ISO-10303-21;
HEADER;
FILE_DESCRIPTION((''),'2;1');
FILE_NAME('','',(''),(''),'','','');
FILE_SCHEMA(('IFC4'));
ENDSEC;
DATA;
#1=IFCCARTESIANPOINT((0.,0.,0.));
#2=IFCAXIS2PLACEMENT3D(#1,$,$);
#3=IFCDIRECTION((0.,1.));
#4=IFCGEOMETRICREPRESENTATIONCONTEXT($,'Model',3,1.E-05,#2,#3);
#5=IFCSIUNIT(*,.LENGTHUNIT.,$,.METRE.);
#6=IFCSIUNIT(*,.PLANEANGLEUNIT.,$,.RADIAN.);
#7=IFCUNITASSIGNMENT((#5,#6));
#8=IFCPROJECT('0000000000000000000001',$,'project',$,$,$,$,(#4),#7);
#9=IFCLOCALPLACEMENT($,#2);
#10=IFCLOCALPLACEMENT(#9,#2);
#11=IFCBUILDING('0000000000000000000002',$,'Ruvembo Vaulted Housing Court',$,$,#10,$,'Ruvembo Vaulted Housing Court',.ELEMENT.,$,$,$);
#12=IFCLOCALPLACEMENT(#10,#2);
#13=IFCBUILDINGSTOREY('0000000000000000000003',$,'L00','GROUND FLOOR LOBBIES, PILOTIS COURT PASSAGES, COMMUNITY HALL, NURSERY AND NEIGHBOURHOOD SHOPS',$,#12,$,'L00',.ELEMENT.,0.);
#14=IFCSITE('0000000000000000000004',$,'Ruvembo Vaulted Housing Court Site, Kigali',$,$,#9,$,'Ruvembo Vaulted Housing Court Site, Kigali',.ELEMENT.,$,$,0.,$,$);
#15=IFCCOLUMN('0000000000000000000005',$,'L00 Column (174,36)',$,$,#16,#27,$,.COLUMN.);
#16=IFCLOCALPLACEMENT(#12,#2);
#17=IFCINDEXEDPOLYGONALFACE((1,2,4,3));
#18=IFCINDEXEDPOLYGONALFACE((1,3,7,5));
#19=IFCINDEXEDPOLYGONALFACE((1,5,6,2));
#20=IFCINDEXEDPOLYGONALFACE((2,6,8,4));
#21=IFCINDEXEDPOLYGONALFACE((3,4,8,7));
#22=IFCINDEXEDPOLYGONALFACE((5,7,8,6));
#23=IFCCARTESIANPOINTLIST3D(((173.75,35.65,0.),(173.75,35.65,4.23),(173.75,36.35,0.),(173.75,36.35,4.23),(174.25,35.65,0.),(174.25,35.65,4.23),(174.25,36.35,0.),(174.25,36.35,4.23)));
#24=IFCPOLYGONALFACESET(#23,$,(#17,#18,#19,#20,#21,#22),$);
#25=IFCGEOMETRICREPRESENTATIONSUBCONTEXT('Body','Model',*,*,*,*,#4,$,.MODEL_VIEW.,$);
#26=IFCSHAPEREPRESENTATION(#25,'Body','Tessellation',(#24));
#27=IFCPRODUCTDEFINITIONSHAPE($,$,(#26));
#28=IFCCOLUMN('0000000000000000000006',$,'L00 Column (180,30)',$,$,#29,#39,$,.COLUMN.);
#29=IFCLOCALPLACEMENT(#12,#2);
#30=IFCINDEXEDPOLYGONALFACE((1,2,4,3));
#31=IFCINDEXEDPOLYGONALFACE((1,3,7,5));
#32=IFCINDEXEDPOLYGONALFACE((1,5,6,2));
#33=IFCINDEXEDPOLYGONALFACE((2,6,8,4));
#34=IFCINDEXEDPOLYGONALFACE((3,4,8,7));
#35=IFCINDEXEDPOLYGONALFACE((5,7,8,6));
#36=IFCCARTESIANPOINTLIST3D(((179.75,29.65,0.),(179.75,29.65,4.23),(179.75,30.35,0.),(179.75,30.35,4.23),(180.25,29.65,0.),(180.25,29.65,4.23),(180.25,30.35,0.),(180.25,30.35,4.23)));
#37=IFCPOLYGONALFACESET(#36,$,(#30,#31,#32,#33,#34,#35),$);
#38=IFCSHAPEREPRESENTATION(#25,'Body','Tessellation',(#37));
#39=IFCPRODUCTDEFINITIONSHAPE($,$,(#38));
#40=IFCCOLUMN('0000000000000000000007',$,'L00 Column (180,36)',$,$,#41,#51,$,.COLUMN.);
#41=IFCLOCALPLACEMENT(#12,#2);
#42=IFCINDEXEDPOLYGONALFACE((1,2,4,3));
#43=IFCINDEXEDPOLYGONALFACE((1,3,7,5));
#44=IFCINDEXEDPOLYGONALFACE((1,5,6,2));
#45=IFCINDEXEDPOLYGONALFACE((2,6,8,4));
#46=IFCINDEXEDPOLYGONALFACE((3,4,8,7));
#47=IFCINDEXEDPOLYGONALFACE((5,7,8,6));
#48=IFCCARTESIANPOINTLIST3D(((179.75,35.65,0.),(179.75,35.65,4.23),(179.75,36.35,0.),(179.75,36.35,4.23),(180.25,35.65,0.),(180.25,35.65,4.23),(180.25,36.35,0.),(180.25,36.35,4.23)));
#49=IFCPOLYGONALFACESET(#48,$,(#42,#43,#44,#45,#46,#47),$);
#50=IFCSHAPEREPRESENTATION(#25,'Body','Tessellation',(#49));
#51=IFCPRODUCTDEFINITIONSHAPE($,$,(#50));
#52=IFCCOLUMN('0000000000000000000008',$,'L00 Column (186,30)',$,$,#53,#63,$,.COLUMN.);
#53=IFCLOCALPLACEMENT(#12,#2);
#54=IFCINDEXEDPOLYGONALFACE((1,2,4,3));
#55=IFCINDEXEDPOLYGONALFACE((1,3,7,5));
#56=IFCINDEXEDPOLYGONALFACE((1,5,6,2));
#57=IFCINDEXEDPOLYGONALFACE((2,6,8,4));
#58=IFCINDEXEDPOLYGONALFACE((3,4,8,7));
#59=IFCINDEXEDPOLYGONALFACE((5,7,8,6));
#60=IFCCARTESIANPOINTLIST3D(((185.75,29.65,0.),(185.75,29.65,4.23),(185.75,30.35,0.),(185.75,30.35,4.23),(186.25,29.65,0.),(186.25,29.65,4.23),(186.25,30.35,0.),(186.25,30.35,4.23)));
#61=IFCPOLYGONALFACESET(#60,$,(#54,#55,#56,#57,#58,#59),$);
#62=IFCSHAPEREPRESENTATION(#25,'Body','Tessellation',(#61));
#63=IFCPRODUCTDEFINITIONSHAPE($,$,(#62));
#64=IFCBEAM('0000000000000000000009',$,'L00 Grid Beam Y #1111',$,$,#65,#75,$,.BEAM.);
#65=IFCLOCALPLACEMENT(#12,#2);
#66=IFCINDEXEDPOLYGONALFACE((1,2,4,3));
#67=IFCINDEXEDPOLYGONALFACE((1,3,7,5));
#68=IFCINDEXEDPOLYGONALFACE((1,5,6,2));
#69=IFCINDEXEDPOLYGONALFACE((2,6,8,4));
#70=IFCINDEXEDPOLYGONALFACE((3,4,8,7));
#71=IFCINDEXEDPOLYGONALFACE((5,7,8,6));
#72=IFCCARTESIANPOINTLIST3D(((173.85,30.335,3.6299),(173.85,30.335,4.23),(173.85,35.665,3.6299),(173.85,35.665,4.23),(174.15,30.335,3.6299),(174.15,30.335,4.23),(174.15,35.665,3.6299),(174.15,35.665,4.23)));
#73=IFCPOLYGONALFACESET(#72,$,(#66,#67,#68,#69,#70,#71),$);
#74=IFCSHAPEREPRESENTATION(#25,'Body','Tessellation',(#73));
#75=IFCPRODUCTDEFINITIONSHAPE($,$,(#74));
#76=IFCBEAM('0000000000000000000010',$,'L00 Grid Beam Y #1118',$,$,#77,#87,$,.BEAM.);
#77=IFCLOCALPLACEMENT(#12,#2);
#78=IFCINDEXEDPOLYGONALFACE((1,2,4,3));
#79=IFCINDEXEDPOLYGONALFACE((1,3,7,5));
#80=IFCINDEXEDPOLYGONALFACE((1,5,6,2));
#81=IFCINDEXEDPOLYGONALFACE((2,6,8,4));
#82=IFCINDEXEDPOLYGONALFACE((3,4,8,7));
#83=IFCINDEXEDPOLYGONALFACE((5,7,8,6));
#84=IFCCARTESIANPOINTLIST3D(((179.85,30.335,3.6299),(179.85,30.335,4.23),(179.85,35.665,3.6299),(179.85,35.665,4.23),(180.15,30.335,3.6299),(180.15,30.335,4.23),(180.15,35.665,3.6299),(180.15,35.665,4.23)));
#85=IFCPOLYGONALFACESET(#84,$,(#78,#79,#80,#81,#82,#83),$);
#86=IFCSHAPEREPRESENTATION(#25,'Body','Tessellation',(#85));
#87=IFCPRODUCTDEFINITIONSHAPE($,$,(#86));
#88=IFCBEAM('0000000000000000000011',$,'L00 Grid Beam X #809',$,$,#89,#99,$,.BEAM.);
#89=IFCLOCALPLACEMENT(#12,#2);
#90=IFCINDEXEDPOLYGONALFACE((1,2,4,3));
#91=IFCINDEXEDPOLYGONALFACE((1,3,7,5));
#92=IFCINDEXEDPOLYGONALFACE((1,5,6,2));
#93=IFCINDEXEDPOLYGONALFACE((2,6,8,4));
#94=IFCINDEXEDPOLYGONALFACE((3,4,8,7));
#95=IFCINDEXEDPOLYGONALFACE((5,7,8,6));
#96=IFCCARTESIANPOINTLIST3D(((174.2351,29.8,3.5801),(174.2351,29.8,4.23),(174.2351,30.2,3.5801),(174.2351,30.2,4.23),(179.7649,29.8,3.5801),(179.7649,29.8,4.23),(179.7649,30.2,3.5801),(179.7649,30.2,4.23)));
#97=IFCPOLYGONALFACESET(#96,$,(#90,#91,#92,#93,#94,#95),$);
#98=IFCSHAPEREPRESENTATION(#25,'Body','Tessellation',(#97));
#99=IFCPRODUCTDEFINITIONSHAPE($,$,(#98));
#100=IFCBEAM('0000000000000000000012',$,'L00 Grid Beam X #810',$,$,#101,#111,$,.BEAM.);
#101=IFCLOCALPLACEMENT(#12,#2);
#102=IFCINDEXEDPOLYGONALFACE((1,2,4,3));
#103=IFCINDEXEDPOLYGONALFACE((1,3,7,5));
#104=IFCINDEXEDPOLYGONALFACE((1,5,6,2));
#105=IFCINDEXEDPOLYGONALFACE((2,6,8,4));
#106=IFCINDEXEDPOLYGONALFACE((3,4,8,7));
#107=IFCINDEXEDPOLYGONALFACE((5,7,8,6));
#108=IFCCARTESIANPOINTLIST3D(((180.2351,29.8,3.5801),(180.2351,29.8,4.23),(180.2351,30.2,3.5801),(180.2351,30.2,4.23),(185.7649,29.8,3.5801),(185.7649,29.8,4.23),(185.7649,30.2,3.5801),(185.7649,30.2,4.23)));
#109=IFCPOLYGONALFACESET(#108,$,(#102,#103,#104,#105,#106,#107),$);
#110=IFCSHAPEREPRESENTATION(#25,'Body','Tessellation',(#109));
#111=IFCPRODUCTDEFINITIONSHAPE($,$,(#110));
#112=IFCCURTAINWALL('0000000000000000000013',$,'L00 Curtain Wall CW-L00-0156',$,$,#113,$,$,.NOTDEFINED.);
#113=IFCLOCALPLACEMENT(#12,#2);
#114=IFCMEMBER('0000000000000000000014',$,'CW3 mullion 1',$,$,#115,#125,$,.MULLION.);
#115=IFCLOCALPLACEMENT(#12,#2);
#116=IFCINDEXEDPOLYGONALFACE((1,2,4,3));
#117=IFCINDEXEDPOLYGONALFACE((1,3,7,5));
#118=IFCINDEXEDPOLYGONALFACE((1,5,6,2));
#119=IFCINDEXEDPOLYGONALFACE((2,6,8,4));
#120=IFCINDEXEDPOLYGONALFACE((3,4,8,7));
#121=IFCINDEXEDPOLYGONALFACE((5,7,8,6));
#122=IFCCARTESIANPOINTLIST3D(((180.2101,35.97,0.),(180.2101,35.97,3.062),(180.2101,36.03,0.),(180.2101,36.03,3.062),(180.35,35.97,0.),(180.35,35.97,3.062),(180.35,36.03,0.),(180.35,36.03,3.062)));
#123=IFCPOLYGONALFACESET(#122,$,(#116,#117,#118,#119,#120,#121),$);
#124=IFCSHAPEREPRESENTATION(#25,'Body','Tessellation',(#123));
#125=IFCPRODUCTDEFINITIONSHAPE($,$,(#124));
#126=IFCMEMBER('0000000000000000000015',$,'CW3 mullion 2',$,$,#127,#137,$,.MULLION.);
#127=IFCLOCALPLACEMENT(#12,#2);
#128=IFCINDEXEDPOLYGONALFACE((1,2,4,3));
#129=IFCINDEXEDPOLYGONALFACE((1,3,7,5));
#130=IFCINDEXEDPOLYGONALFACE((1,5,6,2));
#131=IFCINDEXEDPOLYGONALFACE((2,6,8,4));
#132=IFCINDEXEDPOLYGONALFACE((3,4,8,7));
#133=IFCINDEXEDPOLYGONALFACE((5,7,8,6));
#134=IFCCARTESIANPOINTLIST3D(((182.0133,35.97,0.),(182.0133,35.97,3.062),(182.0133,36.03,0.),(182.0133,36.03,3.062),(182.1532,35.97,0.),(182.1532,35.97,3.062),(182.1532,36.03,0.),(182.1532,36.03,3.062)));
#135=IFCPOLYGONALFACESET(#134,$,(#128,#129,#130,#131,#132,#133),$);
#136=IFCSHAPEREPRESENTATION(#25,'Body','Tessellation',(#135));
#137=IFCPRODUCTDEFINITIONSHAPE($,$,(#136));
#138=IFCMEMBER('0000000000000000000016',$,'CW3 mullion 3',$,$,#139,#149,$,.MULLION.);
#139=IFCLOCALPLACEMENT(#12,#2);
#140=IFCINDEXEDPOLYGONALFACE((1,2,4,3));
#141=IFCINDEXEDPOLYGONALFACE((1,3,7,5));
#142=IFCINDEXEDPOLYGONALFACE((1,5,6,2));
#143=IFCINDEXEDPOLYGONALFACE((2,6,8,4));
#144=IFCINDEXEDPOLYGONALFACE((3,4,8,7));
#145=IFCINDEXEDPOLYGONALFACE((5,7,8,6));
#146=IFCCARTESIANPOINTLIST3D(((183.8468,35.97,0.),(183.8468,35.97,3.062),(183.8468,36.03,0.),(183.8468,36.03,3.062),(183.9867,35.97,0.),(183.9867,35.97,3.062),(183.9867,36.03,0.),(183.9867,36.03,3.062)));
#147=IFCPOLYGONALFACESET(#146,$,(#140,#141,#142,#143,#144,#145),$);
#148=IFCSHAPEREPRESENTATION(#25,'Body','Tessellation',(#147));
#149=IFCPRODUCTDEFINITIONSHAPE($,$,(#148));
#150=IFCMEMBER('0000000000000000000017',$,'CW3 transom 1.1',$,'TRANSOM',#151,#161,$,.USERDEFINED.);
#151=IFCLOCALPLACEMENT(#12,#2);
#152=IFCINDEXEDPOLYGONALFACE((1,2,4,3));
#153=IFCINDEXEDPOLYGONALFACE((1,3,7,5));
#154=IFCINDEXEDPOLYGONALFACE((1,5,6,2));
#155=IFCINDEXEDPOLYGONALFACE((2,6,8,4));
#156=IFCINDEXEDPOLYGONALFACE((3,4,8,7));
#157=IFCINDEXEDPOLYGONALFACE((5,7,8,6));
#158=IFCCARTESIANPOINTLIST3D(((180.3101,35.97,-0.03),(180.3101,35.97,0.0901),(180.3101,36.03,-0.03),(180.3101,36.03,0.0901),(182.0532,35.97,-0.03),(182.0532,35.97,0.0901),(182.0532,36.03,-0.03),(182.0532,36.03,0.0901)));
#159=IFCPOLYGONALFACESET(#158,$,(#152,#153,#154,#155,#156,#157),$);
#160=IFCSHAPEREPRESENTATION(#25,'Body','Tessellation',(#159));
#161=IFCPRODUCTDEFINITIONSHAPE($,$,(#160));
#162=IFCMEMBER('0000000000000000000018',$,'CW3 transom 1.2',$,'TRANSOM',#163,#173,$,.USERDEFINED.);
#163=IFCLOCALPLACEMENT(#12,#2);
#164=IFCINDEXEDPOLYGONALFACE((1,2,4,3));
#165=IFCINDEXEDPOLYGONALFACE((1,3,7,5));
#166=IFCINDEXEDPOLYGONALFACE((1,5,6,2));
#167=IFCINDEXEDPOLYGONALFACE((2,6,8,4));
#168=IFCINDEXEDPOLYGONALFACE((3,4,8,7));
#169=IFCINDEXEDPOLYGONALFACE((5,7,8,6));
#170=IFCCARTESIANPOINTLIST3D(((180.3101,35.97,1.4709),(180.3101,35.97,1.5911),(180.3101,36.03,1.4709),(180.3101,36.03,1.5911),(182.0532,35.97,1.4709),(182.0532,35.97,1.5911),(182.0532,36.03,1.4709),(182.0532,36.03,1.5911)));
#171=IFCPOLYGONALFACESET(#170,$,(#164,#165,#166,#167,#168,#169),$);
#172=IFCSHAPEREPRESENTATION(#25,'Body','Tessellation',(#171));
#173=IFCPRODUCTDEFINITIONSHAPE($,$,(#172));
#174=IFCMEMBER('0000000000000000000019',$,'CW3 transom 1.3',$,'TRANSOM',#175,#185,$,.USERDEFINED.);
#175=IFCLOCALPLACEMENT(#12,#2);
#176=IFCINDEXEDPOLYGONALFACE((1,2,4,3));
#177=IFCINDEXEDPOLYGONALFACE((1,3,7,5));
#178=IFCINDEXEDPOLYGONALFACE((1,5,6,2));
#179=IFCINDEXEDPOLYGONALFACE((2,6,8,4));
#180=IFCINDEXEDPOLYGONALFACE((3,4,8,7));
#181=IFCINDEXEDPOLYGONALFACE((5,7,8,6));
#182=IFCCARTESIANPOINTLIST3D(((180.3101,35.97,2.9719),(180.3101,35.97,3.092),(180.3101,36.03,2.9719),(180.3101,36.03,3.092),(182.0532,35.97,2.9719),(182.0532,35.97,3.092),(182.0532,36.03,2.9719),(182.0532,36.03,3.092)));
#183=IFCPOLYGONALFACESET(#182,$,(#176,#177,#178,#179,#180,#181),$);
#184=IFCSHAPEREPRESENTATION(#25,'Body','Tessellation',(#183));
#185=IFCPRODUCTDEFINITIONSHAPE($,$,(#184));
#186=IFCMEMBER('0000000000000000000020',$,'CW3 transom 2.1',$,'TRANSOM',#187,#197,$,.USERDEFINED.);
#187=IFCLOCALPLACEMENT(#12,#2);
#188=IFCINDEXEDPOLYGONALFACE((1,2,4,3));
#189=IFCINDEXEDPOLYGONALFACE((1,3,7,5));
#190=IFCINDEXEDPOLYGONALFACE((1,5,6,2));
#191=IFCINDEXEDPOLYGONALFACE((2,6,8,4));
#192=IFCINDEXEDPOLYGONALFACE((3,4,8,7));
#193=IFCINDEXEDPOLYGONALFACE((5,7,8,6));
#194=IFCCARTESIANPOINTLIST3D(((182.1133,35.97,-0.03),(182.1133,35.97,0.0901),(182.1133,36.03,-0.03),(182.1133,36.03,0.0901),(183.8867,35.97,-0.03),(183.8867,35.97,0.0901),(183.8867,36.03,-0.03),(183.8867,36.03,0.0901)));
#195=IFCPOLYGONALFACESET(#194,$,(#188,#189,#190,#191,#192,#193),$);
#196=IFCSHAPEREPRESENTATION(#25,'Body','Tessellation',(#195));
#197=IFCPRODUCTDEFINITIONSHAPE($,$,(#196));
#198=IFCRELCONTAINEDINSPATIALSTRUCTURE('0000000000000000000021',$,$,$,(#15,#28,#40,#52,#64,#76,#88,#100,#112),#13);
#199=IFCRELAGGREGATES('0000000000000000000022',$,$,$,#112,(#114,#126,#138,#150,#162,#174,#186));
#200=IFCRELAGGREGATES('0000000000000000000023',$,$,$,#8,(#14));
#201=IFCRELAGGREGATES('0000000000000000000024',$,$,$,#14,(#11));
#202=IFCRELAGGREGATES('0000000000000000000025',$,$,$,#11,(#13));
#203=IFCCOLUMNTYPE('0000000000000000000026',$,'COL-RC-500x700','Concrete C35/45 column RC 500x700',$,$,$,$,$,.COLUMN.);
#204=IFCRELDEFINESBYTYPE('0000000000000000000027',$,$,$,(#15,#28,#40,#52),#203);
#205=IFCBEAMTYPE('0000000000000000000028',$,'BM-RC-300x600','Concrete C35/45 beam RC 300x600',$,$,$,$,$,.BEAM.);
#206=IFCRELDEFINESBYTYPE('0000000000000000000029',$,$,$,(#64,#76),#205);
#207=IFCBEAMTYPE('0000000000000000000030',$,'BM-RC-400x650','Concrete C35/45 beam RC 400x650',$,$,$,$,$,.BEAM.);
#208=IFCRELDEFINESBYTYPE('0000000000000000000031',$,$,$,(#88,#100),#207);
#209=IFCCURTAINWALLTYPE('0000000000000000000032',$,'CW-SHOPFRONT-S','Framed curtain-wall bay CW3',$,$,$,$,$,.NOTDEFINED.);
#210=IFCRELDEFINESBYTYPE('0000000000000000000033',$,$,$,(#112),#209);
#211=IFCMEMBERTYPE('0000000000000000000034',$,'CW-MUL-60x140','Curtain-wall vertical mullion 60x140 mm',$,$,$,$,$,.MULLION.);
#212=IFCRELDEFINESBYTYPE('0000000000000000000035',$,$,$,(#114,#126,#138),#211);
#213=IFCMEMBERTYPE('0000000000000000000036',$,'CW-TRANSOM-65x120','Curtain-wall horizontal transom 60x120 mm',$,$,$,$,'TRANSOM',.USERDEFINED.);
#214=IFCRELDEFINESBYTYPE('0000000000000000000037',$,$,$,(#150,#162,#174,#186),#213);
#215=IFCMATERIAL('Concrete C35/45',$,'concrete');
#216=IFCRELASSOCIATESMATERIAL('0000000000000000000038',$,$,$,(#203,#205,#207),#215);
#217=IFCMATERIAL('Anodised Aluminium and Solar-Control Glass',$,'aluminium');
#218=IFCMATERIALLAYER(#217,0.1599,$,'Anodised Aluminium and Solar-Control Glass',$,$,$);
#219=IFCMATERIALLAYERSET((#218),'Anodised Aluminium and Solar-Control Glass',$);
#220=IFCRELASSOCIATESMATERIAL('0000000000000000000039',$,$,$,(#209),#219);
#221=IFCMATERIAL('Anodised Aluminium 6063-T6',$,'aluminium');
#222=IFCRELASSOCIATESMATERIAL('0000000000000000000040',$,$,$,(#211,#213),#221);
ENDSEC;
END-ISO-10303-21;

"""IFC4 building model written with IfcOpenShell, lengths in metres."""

from ifc_helpers import new_model, si_unit, direction, frame, origin, origin_2d, place, context, subcontext, project, spatial, rectangle, extrude, material, layer, layer_set, material_profile, profile_set, type_object, element, aggregate, save


model = new_model("IFC4")

# Units and contexts
model_context = context("Model", 3, precision=1e-05, world=origin(), true_north=direction((0.0, 1.0)))
body_context = subcontext(model_context, "Body", "Model", "MODEL_VIEW")
ifc_project = project(units=[si_unit("LENGTHUNIT", "METRE"), si_unit("PLANEANGLEUNIT", "RADIAN")], contexts=[model_context])

# Site, building, storey
site_placement = place(None, origin())
site = spatial("IfcSite", under=ifc_project, at=site_placement, Name="Ruvembo Vaulted Housing Court Site, Kigali", LongName="Ruvembo Vaulted Housing Court Site, Kigali", CompositionType="ELEMENT", RefElevation=0.0)
building_placement = place(site_placement, origin())
building = spatial("IfcBuilding", under=site, at=building_placement, Name="Ruvembo Vaulted Housing Court", LongName="Ruvembo Vaulted Housing Court", CompositionType="ELEMENT")
storey_placement = place(building_placement, origin())
storey = spatial("IfcBuildingStorey", under=building, at=storey_placement, Name="L00", Description="GROUND FLOOR LOBBIES, PILOTIS COURT PASSAGES, COMMUNITY HALL, NURSERY AND NEIGHBOURHOOD SHOPS", LongName="L00", CompositionType="ELEMENT", Elevation=0.0)

# Columns
ifc_material_1 = material(Name="Concrete C35/45", Category="concrete")
ifc_material_profile_1 = material_profile(ifc_material_1, rectangle(XDim=0.5, YDim=0.7, at=origin_2d()), Name="RC 500x700")
ifc_profile_set_1 = profile_set([ifc_material_profile_1], Name="Concrete C35/45")
column_type = type_object("IfcColumnType", Name="COL-RC-500x700", Description="Concrete C35/45 column RC 500x700", PredefinedType="COLUMN", material=ifc_profile_set_1)
for number, where, z_axis, x_axis, name in (
    (1, (174.0, 36.0, 0.0), (0.0, 0.0, 1.0), (1.0, 0.0, 0.0), "L00 Column (174,36)"),
    (2, (180.0, 30.0, 0.0), (0.0, 0.0, 1.0), (1.0, 0.0, 0.0), "L00 Column (180,30)"),
    (3, (180.0, 36.0, 0.0), (0.0, 0.0, 1.0), (1.0, 0.0, 0.0), "L00 Column (180,36)"),
    (4, (186.0, 30.0, 0.0), (0.0, 0.0, 1.0), (1.0, 0.0, 0.0), "L00 Column (186,30)"),
):
    element("IfcColumn", number, at=place(storey_placement, frame(where, z_axis=z_axis, x_axis=x_axis)), inside=storey, type_object=column_type, Name=name, PredefinedType="COLUMN", context=body_context, shape_type="SweptSolid", body=[
        extrude(rectangle(XDim=0.5, YDim=0.7, at=origin_2d()), origin(), (0.0, 0.0, 1.0), 4.23),
    ])

# Beams
ifc_material_profile_2 = material_profile(ifc_material_1, rectangle(XDim=0.3, YDim=0.6001, at=origin_2d()), Name="RC 300x600")
ifc_profile_set_2 = profile_set([ifc_material_profile_2], Name="Concrete C35/45")
beam_type_1 = type_object("IfcBeamType", Name="BM-RC-300x600", Description="Concrete C35/45 beam RC 300x600", PredefinedType="BEAM", material=ifc_profile_set_2)
for number, where, z_axis, x_axis, name in (
    (5, (174.0, 30.335, 3.9299), (0.0, 1.0, 0.0), (-1.0, 0.0, 0.0), "L00 Grid Beam Y #1111"),
    (6, (180.0, 30.335, 3.9299), (0.0, 1.0, 0.0), (-1.0, 0.0, 0.0), "L00 Grid Beam Y #1118"),
):
    element("IfcBeam", number, at=place(storey_placement, frame(where, z_axis=z_axis, x_axis=x_axis)), inside=storey, type_object=beam_type_1, Name=name, PredefinedType="BEAM", context=body_context, shape_type="SweptSolid", body=[
        extrude(rectangle(XDim=0.3, YDim=0.6001, at=origin_2d()), origin(), (0.0, 0.0, 1.0), 5.3301),
    ])
ifc_material_profile_3 = material_profile(ifc_material_1, rectangle(XDim=0.3999, YDim=0.6499, at=origin_2d()), Name="RC 400x650")
ifc_profile_set_3 = profile_set([ifc_material_profile_3], Name="Concrete C35/45")
beam_type_2 = type_object("IfcBeamType", Name="BM-RC-400x650", Description="Concrete C35/45 beam RC 400x650", PredefinedType="BEAM", material=ifc_profile_set_3)
for number, where, z_axis, x_axis, name in (
    (7, (174.2351, 30.0, 3.905), (1.0, 0.0, 0.0), (0.0, 1.0, 0.0), "L00 Grid Beam X #809"),
    (8, (180.2351, 30.0, 3.905), (1.0, 0.0, 0.0), (0.0, 1.0, 0.0), "L00 Grid Beam X #810"),
):
    element("IfcBeam", number, at=place(storey_placement, frame(where, z_axis=z_axis, x_axis=x_axis)), inside=storey, type_object=beam_type_2, Name=name, PredefinedType="BEAM", context=body_context, shape_type="SweptSolid", body=[
        extrude(rectangle(XDim=0.3999, YDim=0.6499, at=origin_2d()), origin(), (0.0, 0.0, 1.0), 5.5298),
    ])

# Curtain wall, members
ifc_material_2 = material(Name="Anodised Aluminium and Solar-Control Glass", Category="aluminium")
ifc_layer_1 = layer(ifc_material_2, 0.1599, Name="Anodised Aluminium and Solar-Control Glass")
ifc_layer_set_1 = layer_set([ifc_layer_1], Name="Anodised Aluminium and Solar-Control Glass")
curtain_wall_type = type_object("IfcCurtainWallType", Name="CW-SHOPFRONT-S", Description="Framed curtain-wall bay CW3", PredefinedType="NOTDEFINED", material=ifc_layer_set_1)
curtain_wall_placement = place(storey_placement, origin())
curtain_wall = element("IfcCurtainWall", 9, at=curtain_wall_placement, inside=storey, type_object=curtain_wall_type, Name="L00 Curtain Wall CW-L00-0156", PredefinedType="NOTDEFINED")
ifc_material_3 = material(Name="Anodised Aluminium 6063-T6", Category="aluminium")
ifc_material_profile_4 = material_profile(ifc_material_3, rectangle(XDim=0.0601, YDim=0.1399, at=origin_2d()), Name="ALU 60x140")
ifc_profile_set_4 = profile_set([ifc_material_profile_4], Name="Anodised Aluminium 6063-T6")
member_type_1 = type_object("IfcMemberType", Name="CW-MUL-60x140", Description="Curtain-wall vertical mullion 60x140 mm", PredefinedType="MULLION", material=ifc_profile_set_4)
member_1_placement = place(storey_placement, frame((180.28, 36.0, 0.0), z_axis=(0.0, 0.0, 1.0), x_axis=(0.0, 1.0, 0.0)))
member_1 = element("IfcMember", 10, at=member_1_placement, type_object=member_type_1, Name="CW3 mullion 1", PredefinedType="MULLION", context=body_context, shape_type="SweptSolid", body=[
    extrude(rectangle(XDim=0.0601, YDim=0.1399, at=origin_2d()), origin(), (0.0, 0.0, 1.0), 3.062),
])
member_2_placement = place(storey_placement, frame((182.0833, 36.0, 0.0), z_axis=(0.0, 0.0, 1.0), x_axis=(0.0, 1.0, 0.0)))
member_2 = element("IfcMember", 11, at=member_2_placement, type_object=member_type_1, Name="CW3 mullion 2", PredefinedType="MULLION", context=body_context, shape_type="SweptSolid", body=[
    extrude(rectangle(XDim=0.0601, YDim=0.1399, at=origin_2d()), origin(), (0.0, 0.0, 1.0), 3.062),
])
member_3_placement = place(storey_placement, frame((183.9167, 36.0, 0.0), z_axis=(0.0, 0.0, 1.0), x_axis=(0.0, 1.0, 0.0)))
member_3 = element("IfcMember", 12, at=member_3_placement, type_object=member_type_1, Name="CW3 mullion 3", PredefinedType="MULLION", context=body_context, shape_type="SweptSolid", body=[
    extrude(rectangle(XDim=0.0601, YDim=0.1399, at=origin_2d()), origin(), (0.0, 0.0, 1.0), 3.062),
])
ifc_material_profile_5 = material_profile(ifc_material_3, rectangle(XDim=0.0601, YDim=0.1201, at=origin_2d()), Name="ALU 60x120")
ifc_profile_set_5 = profile_set([ifc_material_profile_5], Name="Anodised Aluminium 6063-T6")
member_type_2 = type_object("IfcMemberType", Name="CW-TRANSOM-65x120", Description="Curtain-wall horizontal transom 60x120 mm", ElementType="TRANSOM", PredefinedType="USERDEFINED", material=ifc_profile_set_5)
member_4_placement = place(storey_placement, frame((180.3101, 36.0, 0.03), z_axis=(1.0, 0.0, 0.0), x_axis=(0.0, 1.0, 0.0)))
member_4 = element("IfcMember", 13, at=member_4_placement, type_object=member_type_2, Name="CW3 transom 1.1", ObjectType="TRANSOM", PredefinedType="USERDEFINED", context=body_context, shape_type="SweptSolid", body=[
    extrude(rectangle(XDim=0.0601, YDim=0.1201, at=origin_2d()), origin(), (0.0, 0.0, 1.0), 1.7432),
])
member_5_placement = place(storey_placement, frame((180.3101, 36.0, 1.531), z_axis=(1.0, 0.0, 0.0), x_axis=(0.0, 1.0, 0.0)))
member_5 = element("IfcMember", 14, at=member_5_placement, type_object=member_type_2, Name="CW3 transom 1.2", ObjectType="TRANSOM", PredefinedType="USERDEFINED", context=body_context, shape_type="SweptSolid", body=[
    extrude(rectangle(XDim=0.0601, YDim=0.1201, at=origin_2d()), origin(), (0.0, 0.0, 1.0), 1.7432),
])
member_6_placement = place(storey_placement, frame((180.3101, 36.0, 3.032), z_axis=(1.0, 0.0, 0.0), x_axis=(0.0, 1.0, 0.0)))
member_6 = element("IfcMember", 15, at=member_6_placement, type_object=member_type_2, Name="CW3 transom 1.3", ObjectType="TRANSOM", PredefinedType="USERDEFINED", context=body_context, shape_type="SweptSolid", body=[
    extrude(rectangle(XDim=0.0601, YDim=0.1201, at=origin_2d()), origin(), (0.0, 0.0, 1.0), 1.7432),
])
member_7_placement = place(storey_placement, frame((182.1133, 36.0, 0.03), z_axis=(1.0, 0.0, 0.0), x_axis=(0.0, 1.0, 0.0)))
member_7 = element("IfcMember", 16, at=member_7_placement, type_object=member_type_2, Name="CW3 transom 2.1", ObjectType="TRANSOM", PredefinedType="USERDEFINED", context=body_context, shape_type="SweptSolid", body=[
    extrude(rectangle(XDim=0.0601, YDim=0.1201, at=origin_2d()), origin(), (0.0, 0.0, 1.0), 1.7734),
])

aggregate(curtain_wall, [member_1, member_2, member_3, member_4, member_5, member_6, member_7])

save(model, "model.ifc")
